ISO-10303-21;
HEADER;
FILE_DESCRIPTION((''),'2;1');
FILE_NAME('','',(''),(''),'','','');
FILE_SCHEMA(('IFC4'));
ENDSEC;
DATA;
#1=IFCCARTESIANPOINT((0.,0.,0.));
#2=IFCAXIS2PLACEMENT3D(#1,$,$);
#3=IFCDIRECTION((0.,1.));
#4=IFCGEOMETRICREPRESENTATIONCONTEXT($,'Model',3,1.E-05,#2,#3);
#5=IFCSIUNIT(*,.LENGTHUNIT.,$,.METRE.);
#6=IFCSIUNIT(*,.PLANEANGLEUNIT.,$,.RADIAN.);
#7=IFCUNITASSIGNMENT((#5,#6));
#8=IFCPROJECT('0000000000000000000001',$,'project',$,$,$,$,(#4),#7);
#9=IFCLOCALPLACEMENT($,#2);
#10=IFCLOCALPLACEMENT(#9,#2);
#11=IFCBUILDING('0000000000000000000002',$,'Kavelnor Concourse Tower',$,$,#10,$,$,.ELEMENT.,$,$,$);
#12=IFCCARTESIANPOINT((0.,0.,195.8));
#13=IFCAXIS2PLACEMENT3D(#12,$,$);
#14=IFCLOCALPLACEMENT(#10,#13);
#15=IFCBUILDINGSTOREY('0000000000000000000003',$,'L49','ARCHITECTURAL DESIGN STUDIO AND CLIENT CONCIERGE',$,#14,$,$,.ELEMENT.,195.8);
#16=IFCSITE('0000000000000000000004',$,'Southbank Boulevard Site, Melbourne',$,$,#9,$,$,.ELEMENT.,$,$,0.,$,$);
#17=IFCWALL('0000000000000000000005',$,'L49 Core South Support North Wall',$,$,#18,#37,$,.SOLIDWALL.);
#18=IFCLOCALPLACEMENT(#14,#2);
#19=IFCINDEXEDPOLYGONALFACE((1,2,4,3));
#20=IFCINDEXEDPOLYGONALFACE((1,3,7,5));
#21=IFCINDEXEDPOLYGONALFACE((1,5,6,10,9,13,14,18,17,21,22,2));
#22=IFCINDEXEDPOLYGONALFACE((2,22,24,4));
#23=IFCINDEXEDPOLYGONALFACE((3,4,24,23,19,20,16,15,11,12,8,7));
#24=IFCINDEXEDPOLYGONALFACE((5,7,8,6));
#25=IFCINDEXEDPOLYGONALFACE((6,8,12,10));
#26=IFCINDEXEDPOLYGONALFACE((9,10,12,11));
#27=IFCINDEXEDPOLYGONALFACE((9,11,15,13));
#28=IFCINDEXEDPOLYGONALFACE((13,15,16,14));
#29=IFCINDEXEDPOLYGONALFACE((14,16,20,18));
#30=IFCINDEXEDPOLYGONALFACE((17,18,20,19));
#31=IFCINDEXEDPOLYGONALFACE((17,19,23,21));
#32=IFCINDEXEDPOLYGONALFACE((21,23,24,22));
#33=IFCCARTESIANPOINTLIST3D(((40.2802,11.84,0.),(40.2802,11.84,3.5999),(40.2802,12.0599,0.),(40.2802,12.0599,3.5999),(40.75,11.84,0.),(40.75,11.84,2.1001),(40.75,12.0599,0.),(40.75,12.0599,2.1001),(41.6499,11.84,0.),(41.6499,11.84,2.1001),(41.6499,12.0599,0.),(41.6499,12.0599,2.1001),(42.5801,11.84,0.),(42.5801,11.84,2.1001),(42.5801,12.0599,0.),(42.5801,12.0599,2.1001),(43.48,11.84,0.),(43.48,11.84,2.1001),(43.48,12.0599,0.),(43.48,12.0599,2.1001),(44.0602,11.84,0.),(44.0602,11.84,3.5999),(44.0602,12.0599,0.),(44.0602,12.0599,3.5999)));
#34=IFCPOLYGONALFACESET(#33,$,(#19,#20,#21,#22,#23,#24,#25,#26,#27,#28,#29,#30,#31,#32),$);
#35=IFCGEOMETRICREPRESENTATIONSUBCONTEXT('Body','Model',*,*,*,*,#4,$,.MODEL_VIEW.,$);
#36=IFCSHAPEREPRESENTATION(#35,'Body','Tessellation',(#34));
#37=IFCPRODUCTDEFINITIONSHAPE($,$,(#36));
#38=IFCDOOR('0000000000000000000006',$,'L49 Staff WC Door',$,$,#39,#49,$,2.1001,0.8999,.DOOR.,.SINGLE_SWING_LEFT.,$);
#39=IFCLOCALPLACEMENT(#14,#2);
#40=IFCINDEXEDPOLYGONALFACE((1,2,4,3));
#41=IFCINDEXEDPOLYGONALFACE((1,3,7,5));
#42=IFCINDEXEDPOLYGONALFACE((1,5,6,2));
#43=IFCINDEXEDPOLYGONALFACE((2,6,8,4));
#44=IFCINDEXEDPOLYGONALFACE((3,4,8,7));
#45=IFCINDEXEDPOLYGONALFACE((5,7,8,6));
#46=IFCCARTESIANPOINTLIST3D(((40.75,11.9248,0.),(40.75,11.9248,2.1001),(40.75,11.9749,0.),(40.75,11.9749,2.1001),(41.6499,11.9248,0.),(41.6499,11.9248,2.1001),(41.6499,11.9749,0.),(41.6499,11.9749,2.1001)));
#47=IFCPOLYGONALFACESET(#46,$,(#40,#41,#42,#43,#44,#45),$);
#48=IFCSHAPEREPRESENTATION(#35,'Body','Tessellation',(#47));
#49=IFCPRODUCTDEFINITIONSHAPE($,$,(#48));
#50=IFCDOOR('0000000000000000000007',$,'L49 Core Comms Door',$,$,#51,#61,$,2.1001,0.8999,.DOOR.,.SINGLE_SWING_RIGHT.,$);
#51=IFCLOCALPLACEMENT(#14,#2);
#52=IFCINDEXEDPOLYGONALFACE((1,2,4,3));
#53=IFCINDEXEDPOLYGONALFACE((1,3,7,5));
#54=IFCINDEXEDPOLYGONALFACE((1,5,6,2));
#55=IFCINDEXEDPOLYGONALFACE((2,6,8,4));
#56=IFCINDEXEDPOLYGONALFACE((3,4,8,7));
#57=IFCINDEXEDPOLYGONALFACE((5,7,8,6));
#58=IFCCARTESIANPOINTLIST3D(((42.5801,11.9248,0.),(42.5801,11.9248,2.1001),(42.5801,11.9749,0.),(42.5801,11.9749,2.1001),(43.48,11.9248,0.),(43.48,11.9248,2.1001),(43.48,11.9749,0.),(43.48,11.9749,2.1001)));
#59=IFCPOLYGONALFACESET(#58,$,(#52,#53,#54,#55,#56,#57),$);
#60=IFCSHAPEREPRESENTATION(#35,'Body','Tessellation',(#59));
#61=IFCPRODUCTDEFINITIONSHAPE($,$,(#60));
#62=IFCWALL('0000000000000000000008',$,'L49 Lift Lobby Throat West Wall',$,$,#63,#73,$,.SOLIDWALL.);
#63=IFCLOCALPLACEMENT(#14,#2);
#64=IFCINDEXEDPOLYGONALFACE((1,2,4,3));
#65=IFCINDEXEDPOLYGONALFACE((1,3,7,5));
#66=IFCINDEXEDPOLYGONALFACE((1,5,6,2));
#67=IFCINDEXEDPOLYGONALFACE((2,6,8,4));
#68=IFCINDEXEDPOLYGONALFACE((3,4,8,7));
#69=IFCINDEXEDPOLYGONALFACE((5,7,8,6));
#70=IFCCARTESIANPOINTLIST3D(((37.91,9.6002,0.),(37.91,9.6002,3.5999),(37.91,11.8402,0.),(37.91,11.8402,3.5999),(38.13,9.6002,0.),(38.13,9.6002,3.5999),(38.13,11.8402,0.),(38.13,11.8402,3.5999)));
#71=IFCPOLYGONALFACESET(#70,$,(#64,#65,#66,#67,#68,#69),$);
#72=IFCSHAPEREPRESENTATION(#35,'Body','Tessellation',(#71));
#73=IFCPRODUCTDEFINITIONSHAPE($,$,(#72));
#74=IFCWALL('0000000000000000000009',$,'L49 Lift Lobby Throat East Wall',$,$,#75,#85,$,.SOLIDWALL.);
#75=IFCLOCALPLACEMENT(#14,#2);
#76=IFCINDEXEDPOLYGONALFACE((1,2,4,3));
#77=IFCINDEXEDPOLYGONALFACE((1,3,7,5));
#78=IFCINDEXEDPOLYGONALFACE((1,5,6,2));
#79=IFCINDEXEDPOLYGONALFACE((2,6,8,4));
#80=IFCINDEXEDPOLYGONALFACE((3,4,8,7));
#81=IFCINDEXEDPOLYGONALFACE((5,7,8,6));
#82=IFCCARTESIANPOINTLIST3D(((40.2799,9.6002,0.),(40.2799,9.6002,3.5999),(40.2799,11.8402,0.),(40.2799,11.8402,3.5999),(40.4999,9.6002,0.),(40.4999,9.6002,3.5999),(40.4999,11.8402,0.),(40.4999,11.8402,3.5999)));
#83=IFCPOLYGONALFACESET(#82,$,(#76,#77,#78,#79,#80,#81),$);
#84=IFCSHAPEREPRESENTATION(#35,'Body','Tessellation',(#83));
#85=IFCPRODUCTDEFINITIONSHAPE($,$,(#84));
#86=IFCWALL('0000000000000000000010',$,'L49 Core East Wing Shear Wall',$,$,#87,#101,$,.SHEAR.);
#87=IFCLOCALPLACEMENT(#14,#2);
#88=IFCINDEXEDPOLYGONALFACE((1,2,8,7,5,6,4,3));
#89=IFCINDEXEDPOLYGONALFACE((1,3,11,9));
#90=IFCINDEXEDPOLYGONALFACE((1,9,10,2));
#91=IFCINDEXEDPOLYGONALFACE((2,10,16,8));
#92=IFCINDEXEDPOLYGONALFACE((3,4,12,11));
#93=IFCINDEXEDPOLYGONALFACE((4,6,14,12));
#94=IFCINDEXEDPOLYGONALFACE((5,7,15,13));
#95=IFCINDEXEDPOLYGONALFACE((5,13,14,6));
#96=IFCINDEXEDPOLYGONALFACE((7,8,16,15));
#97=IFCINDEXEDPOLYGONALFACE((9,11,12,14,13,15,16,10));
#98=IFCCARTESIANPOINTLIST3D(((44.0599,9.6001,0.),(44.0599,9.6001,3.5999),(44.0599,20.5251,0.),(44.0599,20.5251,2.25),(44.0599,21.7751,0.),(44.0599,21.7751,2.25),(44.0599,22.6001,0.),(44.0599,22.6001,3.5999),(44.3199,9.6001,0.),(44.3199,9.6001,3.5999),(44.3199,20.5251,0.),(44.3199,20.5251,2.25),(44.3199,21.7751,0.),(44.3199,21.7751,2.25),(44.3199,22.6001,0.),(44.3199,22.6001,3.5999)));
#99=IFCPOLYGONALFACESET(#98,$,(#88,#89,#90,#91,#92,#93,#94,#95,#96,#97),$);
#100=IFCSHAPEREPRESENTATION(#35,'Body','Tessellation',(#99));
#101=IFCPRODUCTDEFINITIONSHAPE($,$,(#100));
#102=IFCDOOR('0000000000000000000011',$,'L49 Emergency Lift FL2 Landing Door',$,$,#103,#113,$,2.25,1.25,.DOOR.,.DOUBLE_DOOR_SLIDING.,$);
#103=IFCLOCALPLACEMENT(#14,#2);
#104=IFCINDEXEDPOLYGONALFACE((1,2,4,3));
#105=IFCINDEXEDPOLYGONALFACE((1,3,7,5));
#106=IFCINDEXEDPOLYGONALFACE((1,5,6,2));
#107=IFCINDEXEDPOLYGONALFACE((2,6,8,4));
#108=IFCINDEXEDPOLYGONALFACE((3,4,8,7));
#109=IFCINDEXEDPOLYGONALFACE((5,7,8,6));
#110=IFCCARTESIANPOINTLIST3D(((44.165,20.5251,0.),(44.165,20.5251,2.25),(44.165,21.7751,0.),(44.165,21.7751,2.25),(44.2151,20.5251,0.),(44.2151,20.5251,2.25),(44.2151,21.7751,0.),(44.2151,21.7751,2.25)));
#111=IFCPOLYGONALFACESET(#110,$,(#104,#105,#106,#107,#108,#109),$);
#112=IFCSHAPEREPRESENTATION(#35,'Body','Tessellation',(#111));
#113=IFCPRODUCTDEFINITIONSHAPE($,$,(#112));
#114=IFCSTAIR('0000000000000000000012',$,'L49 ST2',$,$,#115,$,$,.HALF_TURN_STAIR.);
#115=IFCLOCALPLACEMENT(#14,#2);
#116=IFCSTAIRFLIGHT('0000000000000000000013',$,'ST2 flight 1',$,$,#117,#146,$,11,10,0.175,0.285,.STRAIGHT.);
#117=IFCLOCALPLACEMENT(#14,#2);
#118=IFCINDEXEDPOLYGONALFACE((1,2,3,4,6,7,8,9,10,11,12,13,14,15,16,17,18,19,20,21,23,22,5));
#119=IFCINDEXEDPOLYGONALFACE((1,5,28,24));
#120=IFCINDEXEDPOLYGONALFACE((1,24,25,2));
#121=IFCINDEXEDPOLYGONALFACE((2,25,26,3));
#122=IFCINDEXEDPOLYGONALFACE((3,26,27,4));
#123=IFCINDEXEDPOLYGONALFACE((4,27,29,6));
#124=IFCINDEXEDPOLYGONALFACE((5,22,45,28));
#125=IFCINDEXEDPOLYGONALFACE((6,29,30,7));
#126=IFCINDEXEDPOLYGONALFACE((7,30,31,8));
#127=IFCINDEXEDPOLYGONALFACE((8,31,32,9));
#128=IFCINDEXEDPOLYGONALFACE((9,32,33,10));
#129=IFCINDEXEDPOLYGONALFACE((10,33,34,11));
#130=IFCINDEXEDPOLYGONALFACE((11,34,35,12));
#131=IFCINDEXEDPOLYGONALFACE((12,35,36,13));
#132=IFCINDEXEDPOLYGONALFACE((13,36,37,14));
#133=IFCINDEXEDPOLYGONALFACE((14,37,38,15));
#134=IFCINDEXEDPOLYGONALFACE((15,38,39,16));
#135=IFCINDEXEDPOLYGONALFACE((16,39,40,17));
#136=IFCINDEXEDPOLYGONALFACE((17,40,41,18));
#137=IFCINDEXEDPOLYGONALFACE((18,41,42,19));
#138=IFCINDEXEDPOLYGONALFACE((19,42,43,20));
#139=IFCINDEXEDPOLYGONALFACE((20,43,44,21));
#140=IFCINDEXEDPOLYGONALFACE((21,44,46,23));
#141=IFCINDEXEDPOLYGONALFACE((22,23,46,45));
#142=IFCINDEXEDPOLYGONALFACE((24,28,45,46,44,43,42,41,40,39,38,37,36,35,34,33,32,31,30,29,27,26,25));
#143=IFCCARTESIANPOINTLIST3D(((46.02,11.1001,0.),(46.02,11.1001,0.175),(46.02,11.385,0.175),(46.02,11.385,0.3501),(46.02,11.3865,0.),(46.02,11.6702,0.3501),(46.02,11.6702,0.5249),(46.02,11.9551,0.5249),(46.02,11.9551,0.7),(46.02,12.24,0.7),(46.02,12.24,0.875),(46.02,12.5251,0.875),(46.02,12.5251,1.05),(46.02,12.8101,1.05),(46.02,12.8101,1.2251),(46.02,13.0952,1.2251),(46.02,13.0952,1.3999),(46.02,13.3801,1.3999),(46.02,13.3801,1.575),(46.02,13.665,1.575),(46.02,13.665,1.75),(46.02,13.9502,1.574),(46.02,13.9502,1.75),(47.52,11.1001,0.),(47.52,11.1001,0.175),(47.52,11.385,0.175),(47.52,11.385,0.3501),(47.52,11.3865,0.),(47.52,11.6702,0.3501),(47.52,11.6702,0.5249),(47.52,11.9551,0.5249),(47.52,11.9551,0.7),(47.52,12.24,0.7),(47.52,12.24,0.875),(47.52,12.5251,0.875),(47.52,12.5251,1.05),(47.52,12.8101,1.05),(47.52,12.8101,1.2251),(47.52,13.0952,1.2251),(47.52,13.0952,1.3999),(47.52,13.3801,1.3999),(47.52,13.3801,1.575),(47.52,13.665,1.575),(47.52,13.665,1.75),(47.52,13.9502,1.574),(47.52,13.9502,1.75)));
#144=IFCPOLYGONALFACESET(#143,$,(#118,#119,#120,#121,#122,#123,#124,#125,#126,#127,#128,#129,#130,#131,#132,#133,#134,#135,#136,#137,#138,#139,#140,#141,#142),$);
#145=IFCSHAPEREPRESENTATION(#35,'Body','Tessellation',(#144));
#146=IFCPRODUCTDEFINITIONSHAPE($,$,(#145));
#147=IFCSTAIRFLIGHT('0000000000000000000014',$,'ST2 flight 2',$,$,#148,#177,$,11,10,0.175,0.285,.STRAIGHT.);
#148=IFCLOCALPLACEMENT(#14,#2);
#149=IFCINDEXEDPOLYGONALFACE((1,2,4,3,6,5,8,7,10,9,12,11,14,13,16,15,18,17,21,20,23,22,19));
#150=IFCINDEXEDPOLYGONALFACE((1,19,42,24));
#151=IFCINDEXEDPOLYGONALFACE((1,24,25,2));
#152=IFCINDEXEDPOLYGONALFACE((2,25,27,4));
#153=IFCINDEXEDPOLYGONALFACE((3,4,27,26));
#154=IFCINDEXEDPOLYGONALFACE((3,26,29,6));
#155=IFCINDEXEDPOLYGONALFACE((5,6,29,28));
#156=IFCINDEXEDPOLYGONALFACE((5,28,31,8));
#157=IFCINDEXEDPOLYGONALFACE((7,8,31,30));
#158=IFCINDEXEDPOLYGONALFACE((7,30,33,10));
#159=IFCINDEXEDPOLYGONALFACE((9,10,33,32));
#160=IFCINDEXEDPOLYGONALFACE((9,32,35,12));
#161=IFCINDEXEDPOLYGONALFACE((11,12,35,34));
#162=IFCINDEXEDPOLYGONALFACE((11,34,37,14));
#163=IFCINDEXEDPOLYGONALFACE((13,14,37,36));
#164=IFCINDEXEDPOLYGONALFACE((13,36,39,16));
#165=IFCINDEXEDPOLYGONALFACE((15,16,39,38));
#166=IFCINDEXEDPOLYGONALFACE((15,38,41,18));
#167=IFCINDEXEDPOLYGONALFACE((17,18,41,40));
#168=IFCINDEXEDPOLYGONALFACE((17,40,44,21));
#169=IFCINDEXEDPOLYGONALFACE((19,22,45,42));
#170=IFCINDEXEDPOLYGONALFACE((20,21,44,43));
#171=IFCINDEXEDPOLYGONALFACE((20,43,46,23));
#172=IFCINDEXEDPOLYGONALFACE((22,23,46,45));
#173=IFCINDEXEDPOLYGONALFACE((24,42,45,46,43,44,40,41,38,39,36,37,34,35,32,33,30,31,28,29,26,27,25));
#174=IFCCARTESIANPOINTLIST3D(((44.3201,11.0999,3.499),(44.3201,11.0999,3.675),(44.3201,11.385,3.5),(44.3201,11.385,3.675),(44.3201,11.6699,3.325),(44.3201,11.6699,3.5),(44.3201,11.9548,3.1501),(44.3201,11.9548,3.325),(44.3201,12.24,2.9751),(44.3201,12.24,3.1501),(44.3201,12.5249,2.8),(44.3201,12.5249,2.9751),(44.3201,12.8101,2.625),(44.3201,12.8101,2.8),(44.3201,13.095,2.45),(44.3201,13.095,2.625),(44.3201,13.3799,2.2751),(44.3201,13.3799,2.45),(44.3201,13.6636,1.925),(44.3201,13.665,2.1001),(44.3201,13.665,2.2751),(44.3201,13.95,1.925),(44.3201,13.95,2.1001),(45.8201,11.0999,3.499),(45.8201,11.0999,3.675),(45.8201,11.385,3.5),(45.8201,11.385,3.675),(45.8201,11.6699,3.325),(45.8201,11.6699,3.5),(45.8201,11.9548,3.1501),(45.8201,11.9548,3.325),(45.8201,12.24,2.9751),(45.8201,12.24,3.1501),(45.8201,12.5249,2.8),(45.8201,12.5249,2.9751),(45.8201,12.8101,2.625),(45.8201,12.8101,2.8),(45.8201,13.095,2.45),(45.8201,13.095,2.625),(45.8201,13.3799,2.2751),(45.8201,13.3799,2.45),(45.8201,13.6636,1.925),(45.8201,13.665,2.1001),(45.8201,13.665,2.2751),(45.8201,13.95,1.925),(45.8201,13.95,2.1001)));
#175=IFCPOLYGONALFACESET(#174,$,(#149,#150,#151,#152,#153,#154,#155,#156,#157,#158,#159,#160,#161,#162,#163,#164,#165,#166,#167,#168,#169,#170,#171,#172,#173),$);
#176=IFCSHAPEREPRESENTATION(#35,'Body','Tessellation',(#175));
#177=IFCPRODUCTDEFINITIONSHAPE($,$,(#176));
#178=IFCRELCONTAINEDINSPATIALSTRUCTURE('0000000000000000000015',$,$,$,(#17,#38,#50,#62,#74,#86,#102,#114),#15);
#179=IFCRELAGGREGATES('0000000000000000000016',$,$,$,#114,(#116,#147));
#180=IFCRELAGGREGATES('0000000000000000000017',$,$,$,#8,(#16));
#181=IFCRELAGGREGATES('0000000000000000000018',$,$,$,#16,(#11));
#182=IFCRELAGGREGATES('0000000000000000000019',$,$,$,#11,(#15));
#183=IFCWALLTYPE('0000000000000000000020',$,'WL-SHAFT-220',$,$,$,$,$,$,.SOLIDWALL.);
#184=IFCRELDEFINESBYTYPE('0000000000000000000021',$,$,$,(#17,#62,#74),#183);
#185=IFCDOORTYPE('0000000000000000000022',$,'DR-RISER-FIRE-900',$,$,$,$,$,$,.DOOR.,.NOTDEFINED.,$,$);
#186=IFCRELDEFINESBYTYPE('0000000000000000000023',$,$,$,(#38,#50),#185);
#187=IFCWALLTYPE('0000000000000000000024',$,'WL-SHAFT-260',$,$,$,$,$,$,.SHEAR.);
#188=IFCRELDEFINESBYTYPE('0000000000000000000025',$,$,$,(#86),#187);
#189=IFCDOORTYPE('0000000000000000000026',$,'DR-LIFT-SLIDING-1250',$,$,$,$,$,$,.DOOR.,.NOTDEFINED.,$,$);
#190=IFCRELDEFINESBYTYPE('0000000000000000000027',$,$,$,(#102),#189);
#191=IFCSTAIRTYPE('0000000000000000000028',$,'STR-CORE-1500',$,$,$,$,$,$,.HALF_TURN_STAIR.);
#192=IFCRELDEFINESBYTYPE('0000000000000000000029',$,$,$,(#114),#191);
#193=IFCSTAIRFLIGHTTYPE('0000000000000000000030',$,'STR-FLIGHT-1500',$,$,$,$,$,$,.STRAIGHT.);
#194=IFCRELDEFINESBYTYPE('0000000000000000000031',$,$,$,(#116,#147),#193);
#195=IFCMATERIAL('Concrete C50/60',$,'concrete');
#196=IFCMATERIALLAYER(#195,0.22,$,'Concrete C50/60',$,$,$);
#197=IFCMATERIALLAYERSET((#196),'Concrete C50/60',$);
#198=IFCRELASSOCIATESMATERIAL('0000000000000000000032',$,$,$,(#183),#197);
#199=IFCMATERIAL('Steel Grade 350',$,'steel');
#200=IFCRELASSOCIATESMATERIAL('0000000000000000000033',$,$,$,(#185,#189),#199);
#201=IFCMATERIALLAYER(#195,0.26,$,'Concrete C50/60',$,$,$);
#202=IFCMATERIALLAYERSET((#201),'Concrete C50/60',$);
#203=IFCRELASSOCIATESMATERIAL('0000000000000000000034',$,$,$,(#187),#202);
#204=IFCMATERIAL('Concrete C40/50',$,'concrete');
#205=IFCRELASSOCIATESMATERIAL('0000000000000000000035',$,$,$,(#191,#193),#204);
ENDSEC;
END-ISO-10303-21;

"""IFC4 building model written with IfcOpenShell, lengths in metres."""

from ifc_helpers import new_model, si_unit, direction, frame, frame_2d, origin, place, context, subcontext, project, spatial, polyline, rectangle, outline, extrude, material, layer, layer_set, type_object, element, fill, aggregate, save


model = new_model("IFC4")

# Units and contexts
model_context = context("Model", 3, precision=1e-05, world=origin(), true_north=direction((0.0, 1.0)))
body_context = subcontext(model_context, "Body", "Model", "MODEL_VIEW")
ifc_project = project(units=[si_unit("LENGTHUNIT", "METRE"), si_unit("PLANEANGLEUNIT", "RADIAN")], contexts=[model_context])

# Site, building, storey
site_placement = place(None, origin())
site = spatial("IfcSite", under=ifc_project, at=site_placement, Name="Southbank Boulevard Site, Melbourne", CompositionType="ELEMENT", RefElevation=0.0)
building_placement = place(site_placement, origin())
building = spatial("IfcBuilding", under=site, at=building_placement, Name="Kavelnor Concourse Tower", CompositionType="ELEMENT")
storey_placement = place(building_placement, frame((0.0, 0.0, 195.8)))
storey = spatial("IfcBuildingStorey", under=building, at=storey_placement, Name="L49", Description="ARCHITECTURAL DESIGN STUDIO AND CLIENT CONCIERGE", CompositionType="ELEMENT", Elevation=195.8)

# Shared definitions
ifc_material_1 = material(Name="Steel Grade 350", Category="steel")

# Shared definitions
ifc_material_2 = material(Name="Concrete C50/60", Category="concrete")
ifc_layer_1 = layer(ifc_material_2, 0.22, Name="Concrete C50/60")
ifc_layer_set_1 = layer_set([ifc_layer_1], Name="Concrete C50/60")
wall_type_1 = type_object("IfcWallType", Name="WL-SHAFT-220", PredefinedType="SOLIDWALL", material=ifc_layer_set_1)

# Wall, openings, doors
wall_1_placement = place(storey_placement, frame((40.28, 11.95, 0.0), z_axis=(0.0, 0.0, 1.0), x_axis=(1.0, 0.0, 0.0)))
wall_1 = element("IfcWall", 1, at=wall_1_placement, inside=storey, type_object=wall_type_1, Name="L49 Core South Support North Wall", PredefinedType="SOLIDWALL", context=body_context, shape_type="SweptSolid", body=[
    extrude(rectangle(XDim=3.78, YDim=0.22, at=frame_2d((1.8901, 0.0))), origin(), (0.0, 0.0, 1.0), 3.5999),
])
opening_1_placement = place(wall_1_placement, frame((0.47, 0.0, 0.0)))
opening_1 = element("IfcOpeningElement", 2, at=opening_1_placement, cuts=wall_1, PredefinedType="OPENING", context=body_context, shape_type="SweptSolid", body=[
    extrude(rectangle(XDim=0.8999, YDim=2.1001, at=frame_2d((0.45, 1.05))), frame((0.0, 0.1201, 0.0), z_axis=(0.0, -1.0, 0.0), x_axis=(1.0, 0.0, 0.0)), (0.0, 0.0, 1.0), 0.24),
])
opening_2_placement = place(wall_1_placement, frame((2.3, 0.0, 0.0)))
opening_2 = element("IfcOpeningElement", 3, at=opening_2_placement, cuts=wall_1, PredefinedType="OPENING", context=body_context, shape_type="SweptSolid", body=[
    extrude(rectangle(XDim=0.8999, YDim=2.1001, at=frame_2d((0.45, 1.05))), frame((0.0, 0.1201, 0.0), z_axis=(0.0, -1.0, 0.0), x_axis=(1.0, 0.0, 0.0)), (0.0, 0.0, 1.0), 0.24),
])
door_type_1 = type_object("IfcDoorType", Name="DR-RISER-FIRE-900", OperationType="NOTDEFINED", PredefinedType="DOOR", material=ifc_material_1)
door_1_placement = place(opening_1_placement, origin())
door_1 = element("IfcDoor", 4, at=door_1_placement, inside=storey, type_object=door_type_1, Name="L49 Staff WC Door", OperationType="SINGLE_SWING_LEFT", OverallHeight=2.1001, OverallWidth=0.8999, PredefinedType="DOOR", context=body_context, shape_type="SweptSolid", body=[
    extrude(rectangle(XDim=0.8999, YDim=2.1001, at=frame_2d((0.45, 1.05))), frame((0.0, 0.0249, 0.0), z_axis=(0.0, -1.0, 0.0), x_axis=(1.0, 0.0, 0.0)), (0.0, 0.0, 1.0), 0.05),
])
fill(opening_1, door_1)
door_2_placement = place(opening_2_placement, origin())
door_2 = element("IfcDoor", 5, at=door_2_placement, inside=storey, type_object=door_type_1, Name="L49 Core Comms Door", OperationType="SINGLE_SWING_RIGHT", OverallHeight=2.1001, OverallWidth=0.8999, PredefinedType="DOOR", context=body_context, shape_type="SweptSolid", body=[
    extrude(rectangle(XDim=0.8999, YDim=2.1001, at=frame_2d((0.45, 1.05))), frame((0.0, 0.0249, 0.0), z_axis=(0.0, -1.0, 0.0), x_axis=(1.0, 0.0, 0.0)), (0.0, 0.0, 1.0), 0.05),
])
fill(opening_2, door_2)

# Walls
for number, where, z_axis, x_axis, name in (
    (6, (38.02, 9.6001, 0.0), (0.0, 0.0, 1.0), (0.0, 1.0, 0.0), "L49 Lift Lobby Throat West Wall"),
    (7, (40.3899, 9.6001, 0.0), (0.0, 0.0, 1.0), (0.0, 1.0, 0.0), "L49 Lift Lobby Throat East Wall"),
):
    element("IfcWall", number, at=place(storey_placement, frame(where, z_axis=z_axis, x_axis=x_axis)), inside=storey, type_object=wall_type_1, Name=name, PredefinedType="SOLIDWALL", context=body_context, shape_type="SweptSolid", body=[
        extrude(rectangle(XDim=2.24, YDim=0.22, at=frame_2d((1.1201, 0.0))), origin(), (0.0, 0.0, 1.0), 3.5999),
    ])

# Wall, opening, door
ifc_layer_2 = layer(ifc_material_2, 0.26, Name="Concrete C50/60")
ifc_layer_set_2 = layer_set([ifc_layer_2], Name="Concrete C50/60")
wall_type_2 = type_object("IfcWallType", Name="WL-SHAFT-260", PredefinedType="SHEAR", material=ifc_layer_set_2)
wall_2_placement = place(storey_placement, frame((44.1899, 9.6001, 0.0), z_axis=(0.0, 0.0, 1.0), x_axis=(0.0, 1.0, 0.0)))
wall_2 = element("IfcWall", 8, at=wall_2_placement, inside=storey, type_object=wall_type_2, Name="L49 Core East Wing Shear Wall", PredefinedType="SHEAR", context=body_context, shape_type="SweptSolid", body=[
    extrude(rectangle(XDim=13.0, YDim=0.26, at=frame_2d((6.5, 0.0))), origin(), (0.0, 0.0, 1.0), 3.5999),
])
opening_3_placement = place(wall_2_placement, frame((10.925, 0.0, 0.0)))
opening_3 = element("IfcOpeningElement", 9, at=opening_3_placement, cuts=wall_2, PredefinedType="OPENING", context=body_context, shape_type="SweptSolid", body=[
    extrude(rectangle(XDim=1.25, YDim=2.25, at=frame_2d((0.625, 1.125))), frame((0.0, 0.1401, 0.0), z_axis=(0.0, -1.0, 0.0), x_axis=(1.0, 0.0, 0.0)), (0.0, 0.0, 1.0), 0.28),
])
door_type_2 = type_object("IfcDoorType", Name="DR-LIFT-SLIDING-1250", OperationType="NOTDEFINED", PredefinedType="DOOR", material=ifc_material_1)
door_3_placement = place(opening_3_placement, origin())
door_3 = element("IfcDoor", 10, at=door_3_placement, inside=storey, type_object=door_type_2, Name="L49 Emergency Lift FL2 Landing Door", OperationType="DOUBLE_DOOR_SLIDING", OverallHeight=2.25, OverallWidth=1.25, PredefinedType="DOOR", context=body_context, shape_type="SweptSolid", body=[
    extrude(rectangle(XDim=1.25, YDim=2.25, at=frame_2d((0.625, 1.125))), frame((0.0, 0.0249, 0.0), z_axis=(0.0, -1.0, 0.0), x_axis=(1.0, 0.0, 0.0)), (0.0, 0.0, 1.0), 0.05),
])
fill(opening_3, door_3)

# Stair, stair flights
ifc_material_3 = material(Name="Concrete C40/50", Category="concrete")
stair_type = type_object("IfcStairType", Name="STR-CORE-1500", PredefinedType="HALF_TURN_STAIR", material=ifc_material_3)
stair_placement = place(storey_placement, origin())
stair = element("IfcStair", 11, at=stair_placement, inside=storey, type_object=stair_type, Name="L49 ST2", PredefinedType="HALF_TURN_STAIR")
stair_flight_type = type_object("IfcStairFlightType", Name="STR-FLIGHT-1500", PredefinedType="STRAIGHT", material=ifc_material_3)
stair_flight_1_placement = place(storey_placement, frame((46.77, 11.1001, 0.0), z_axis=(0.0, 0.0, 1.0), x_axis=(0.0, 1.0, 0.0)))
stair_flight_1 = element("IfcStairFlight", 12, at=stair_flight_1_placement, type_object=stair_flight_type, Name="ST2 flight 1", NumberOfRisers=11, NumberOfTreads=10, PredefinedType="STRAIGHT", RiserHeight=0.175, TreadLength=0.285, context=body_context, shape_type="SweptSolid", body=[
    extrude(outline(polyline([(0.0, 0.0), (0.0, 0.175), (0.2849, 0.175), (0.2849, 0.3501), (0.5701, 0.3501), (0.5701, 0.5249), (0.855, 0.5249), (0.855, 0.7), (1.1399, 0.7), (1.1399, 0.875), (1.425, 0.875), (1.425, 1.05), (1.71, 1.05), (1.71, 1.2251), (1.9951, 1.2251), (1.9951, 1.3999), (2.28, 1.3999), (2.28, 1.575), (2.5649, 1.575), (2.5649, 1.75), (2.8501, 1.75), (2.8501, 1.925), (2.8501, 1.574), (0.2864, 0.0), (0.0, 0.0)])), frame((0.0, 0.75, 0.0), z_axis=(0.0, -1.0, 0.0), x_axis=(1.0, 0.0, 0.0)), (0.0, 0.0, 1.0), 1.5),
])
stair_flight_2_placement = place(storey_placement, frame((45.0701, 13.95, 1.925), z_axis=(0.0, 0.0, 1.0), x_axis=(0.0, -1.0, 0.0)))
stair_flight_2 = element("IfcStairFlight", 13, at=stair_flight_2_placement, type_object=stair_flight_type, Name="ST2 flight 2", NumberOfRisers=11, NumberOfTreads=10, PredefinedType="STRAIGHT", RiserHeight=0.175, TreadLength=0.285, context=body_context, shape_type="SweptSolid", body=[
    extrude(outline(polyline([(0.0, 0.0), (0.0, 0.175), (0.2849, 0.175), (0.2849, 0.3501), (0.5701, 0.3501), (0.5701, 0.5249), (0.855, 0.5249), (0.855, 0.7), (1.1399, 0.7), (1.1399, 0.875), (1.425, 0.875), (1.425, 1.05), (1.71, 1.05), (1.71, 1.2251), (1.9951, 1.2251), (1.9951, 1.3999), (2.28, 1.3999), (2.28, 1.575), (2.5649, 1.575), (2.5649, 1.75), (2.8501, 1.75), (2.8501, 1.925), (2.8501, 1.574), (0.2864, 0.0), (0.0, 0.0)])), frame((0.0, 0.75, 0.0), z_axis=(0.0, -1.0, 0.0), x_axis=(1.0, 0.0, 0.0)), (0.0, 0.0, 1.0), 1.5),
])
aggregate(stair, [stair_flight_1, stair_flight_2])

save(model, "model.ifc")
